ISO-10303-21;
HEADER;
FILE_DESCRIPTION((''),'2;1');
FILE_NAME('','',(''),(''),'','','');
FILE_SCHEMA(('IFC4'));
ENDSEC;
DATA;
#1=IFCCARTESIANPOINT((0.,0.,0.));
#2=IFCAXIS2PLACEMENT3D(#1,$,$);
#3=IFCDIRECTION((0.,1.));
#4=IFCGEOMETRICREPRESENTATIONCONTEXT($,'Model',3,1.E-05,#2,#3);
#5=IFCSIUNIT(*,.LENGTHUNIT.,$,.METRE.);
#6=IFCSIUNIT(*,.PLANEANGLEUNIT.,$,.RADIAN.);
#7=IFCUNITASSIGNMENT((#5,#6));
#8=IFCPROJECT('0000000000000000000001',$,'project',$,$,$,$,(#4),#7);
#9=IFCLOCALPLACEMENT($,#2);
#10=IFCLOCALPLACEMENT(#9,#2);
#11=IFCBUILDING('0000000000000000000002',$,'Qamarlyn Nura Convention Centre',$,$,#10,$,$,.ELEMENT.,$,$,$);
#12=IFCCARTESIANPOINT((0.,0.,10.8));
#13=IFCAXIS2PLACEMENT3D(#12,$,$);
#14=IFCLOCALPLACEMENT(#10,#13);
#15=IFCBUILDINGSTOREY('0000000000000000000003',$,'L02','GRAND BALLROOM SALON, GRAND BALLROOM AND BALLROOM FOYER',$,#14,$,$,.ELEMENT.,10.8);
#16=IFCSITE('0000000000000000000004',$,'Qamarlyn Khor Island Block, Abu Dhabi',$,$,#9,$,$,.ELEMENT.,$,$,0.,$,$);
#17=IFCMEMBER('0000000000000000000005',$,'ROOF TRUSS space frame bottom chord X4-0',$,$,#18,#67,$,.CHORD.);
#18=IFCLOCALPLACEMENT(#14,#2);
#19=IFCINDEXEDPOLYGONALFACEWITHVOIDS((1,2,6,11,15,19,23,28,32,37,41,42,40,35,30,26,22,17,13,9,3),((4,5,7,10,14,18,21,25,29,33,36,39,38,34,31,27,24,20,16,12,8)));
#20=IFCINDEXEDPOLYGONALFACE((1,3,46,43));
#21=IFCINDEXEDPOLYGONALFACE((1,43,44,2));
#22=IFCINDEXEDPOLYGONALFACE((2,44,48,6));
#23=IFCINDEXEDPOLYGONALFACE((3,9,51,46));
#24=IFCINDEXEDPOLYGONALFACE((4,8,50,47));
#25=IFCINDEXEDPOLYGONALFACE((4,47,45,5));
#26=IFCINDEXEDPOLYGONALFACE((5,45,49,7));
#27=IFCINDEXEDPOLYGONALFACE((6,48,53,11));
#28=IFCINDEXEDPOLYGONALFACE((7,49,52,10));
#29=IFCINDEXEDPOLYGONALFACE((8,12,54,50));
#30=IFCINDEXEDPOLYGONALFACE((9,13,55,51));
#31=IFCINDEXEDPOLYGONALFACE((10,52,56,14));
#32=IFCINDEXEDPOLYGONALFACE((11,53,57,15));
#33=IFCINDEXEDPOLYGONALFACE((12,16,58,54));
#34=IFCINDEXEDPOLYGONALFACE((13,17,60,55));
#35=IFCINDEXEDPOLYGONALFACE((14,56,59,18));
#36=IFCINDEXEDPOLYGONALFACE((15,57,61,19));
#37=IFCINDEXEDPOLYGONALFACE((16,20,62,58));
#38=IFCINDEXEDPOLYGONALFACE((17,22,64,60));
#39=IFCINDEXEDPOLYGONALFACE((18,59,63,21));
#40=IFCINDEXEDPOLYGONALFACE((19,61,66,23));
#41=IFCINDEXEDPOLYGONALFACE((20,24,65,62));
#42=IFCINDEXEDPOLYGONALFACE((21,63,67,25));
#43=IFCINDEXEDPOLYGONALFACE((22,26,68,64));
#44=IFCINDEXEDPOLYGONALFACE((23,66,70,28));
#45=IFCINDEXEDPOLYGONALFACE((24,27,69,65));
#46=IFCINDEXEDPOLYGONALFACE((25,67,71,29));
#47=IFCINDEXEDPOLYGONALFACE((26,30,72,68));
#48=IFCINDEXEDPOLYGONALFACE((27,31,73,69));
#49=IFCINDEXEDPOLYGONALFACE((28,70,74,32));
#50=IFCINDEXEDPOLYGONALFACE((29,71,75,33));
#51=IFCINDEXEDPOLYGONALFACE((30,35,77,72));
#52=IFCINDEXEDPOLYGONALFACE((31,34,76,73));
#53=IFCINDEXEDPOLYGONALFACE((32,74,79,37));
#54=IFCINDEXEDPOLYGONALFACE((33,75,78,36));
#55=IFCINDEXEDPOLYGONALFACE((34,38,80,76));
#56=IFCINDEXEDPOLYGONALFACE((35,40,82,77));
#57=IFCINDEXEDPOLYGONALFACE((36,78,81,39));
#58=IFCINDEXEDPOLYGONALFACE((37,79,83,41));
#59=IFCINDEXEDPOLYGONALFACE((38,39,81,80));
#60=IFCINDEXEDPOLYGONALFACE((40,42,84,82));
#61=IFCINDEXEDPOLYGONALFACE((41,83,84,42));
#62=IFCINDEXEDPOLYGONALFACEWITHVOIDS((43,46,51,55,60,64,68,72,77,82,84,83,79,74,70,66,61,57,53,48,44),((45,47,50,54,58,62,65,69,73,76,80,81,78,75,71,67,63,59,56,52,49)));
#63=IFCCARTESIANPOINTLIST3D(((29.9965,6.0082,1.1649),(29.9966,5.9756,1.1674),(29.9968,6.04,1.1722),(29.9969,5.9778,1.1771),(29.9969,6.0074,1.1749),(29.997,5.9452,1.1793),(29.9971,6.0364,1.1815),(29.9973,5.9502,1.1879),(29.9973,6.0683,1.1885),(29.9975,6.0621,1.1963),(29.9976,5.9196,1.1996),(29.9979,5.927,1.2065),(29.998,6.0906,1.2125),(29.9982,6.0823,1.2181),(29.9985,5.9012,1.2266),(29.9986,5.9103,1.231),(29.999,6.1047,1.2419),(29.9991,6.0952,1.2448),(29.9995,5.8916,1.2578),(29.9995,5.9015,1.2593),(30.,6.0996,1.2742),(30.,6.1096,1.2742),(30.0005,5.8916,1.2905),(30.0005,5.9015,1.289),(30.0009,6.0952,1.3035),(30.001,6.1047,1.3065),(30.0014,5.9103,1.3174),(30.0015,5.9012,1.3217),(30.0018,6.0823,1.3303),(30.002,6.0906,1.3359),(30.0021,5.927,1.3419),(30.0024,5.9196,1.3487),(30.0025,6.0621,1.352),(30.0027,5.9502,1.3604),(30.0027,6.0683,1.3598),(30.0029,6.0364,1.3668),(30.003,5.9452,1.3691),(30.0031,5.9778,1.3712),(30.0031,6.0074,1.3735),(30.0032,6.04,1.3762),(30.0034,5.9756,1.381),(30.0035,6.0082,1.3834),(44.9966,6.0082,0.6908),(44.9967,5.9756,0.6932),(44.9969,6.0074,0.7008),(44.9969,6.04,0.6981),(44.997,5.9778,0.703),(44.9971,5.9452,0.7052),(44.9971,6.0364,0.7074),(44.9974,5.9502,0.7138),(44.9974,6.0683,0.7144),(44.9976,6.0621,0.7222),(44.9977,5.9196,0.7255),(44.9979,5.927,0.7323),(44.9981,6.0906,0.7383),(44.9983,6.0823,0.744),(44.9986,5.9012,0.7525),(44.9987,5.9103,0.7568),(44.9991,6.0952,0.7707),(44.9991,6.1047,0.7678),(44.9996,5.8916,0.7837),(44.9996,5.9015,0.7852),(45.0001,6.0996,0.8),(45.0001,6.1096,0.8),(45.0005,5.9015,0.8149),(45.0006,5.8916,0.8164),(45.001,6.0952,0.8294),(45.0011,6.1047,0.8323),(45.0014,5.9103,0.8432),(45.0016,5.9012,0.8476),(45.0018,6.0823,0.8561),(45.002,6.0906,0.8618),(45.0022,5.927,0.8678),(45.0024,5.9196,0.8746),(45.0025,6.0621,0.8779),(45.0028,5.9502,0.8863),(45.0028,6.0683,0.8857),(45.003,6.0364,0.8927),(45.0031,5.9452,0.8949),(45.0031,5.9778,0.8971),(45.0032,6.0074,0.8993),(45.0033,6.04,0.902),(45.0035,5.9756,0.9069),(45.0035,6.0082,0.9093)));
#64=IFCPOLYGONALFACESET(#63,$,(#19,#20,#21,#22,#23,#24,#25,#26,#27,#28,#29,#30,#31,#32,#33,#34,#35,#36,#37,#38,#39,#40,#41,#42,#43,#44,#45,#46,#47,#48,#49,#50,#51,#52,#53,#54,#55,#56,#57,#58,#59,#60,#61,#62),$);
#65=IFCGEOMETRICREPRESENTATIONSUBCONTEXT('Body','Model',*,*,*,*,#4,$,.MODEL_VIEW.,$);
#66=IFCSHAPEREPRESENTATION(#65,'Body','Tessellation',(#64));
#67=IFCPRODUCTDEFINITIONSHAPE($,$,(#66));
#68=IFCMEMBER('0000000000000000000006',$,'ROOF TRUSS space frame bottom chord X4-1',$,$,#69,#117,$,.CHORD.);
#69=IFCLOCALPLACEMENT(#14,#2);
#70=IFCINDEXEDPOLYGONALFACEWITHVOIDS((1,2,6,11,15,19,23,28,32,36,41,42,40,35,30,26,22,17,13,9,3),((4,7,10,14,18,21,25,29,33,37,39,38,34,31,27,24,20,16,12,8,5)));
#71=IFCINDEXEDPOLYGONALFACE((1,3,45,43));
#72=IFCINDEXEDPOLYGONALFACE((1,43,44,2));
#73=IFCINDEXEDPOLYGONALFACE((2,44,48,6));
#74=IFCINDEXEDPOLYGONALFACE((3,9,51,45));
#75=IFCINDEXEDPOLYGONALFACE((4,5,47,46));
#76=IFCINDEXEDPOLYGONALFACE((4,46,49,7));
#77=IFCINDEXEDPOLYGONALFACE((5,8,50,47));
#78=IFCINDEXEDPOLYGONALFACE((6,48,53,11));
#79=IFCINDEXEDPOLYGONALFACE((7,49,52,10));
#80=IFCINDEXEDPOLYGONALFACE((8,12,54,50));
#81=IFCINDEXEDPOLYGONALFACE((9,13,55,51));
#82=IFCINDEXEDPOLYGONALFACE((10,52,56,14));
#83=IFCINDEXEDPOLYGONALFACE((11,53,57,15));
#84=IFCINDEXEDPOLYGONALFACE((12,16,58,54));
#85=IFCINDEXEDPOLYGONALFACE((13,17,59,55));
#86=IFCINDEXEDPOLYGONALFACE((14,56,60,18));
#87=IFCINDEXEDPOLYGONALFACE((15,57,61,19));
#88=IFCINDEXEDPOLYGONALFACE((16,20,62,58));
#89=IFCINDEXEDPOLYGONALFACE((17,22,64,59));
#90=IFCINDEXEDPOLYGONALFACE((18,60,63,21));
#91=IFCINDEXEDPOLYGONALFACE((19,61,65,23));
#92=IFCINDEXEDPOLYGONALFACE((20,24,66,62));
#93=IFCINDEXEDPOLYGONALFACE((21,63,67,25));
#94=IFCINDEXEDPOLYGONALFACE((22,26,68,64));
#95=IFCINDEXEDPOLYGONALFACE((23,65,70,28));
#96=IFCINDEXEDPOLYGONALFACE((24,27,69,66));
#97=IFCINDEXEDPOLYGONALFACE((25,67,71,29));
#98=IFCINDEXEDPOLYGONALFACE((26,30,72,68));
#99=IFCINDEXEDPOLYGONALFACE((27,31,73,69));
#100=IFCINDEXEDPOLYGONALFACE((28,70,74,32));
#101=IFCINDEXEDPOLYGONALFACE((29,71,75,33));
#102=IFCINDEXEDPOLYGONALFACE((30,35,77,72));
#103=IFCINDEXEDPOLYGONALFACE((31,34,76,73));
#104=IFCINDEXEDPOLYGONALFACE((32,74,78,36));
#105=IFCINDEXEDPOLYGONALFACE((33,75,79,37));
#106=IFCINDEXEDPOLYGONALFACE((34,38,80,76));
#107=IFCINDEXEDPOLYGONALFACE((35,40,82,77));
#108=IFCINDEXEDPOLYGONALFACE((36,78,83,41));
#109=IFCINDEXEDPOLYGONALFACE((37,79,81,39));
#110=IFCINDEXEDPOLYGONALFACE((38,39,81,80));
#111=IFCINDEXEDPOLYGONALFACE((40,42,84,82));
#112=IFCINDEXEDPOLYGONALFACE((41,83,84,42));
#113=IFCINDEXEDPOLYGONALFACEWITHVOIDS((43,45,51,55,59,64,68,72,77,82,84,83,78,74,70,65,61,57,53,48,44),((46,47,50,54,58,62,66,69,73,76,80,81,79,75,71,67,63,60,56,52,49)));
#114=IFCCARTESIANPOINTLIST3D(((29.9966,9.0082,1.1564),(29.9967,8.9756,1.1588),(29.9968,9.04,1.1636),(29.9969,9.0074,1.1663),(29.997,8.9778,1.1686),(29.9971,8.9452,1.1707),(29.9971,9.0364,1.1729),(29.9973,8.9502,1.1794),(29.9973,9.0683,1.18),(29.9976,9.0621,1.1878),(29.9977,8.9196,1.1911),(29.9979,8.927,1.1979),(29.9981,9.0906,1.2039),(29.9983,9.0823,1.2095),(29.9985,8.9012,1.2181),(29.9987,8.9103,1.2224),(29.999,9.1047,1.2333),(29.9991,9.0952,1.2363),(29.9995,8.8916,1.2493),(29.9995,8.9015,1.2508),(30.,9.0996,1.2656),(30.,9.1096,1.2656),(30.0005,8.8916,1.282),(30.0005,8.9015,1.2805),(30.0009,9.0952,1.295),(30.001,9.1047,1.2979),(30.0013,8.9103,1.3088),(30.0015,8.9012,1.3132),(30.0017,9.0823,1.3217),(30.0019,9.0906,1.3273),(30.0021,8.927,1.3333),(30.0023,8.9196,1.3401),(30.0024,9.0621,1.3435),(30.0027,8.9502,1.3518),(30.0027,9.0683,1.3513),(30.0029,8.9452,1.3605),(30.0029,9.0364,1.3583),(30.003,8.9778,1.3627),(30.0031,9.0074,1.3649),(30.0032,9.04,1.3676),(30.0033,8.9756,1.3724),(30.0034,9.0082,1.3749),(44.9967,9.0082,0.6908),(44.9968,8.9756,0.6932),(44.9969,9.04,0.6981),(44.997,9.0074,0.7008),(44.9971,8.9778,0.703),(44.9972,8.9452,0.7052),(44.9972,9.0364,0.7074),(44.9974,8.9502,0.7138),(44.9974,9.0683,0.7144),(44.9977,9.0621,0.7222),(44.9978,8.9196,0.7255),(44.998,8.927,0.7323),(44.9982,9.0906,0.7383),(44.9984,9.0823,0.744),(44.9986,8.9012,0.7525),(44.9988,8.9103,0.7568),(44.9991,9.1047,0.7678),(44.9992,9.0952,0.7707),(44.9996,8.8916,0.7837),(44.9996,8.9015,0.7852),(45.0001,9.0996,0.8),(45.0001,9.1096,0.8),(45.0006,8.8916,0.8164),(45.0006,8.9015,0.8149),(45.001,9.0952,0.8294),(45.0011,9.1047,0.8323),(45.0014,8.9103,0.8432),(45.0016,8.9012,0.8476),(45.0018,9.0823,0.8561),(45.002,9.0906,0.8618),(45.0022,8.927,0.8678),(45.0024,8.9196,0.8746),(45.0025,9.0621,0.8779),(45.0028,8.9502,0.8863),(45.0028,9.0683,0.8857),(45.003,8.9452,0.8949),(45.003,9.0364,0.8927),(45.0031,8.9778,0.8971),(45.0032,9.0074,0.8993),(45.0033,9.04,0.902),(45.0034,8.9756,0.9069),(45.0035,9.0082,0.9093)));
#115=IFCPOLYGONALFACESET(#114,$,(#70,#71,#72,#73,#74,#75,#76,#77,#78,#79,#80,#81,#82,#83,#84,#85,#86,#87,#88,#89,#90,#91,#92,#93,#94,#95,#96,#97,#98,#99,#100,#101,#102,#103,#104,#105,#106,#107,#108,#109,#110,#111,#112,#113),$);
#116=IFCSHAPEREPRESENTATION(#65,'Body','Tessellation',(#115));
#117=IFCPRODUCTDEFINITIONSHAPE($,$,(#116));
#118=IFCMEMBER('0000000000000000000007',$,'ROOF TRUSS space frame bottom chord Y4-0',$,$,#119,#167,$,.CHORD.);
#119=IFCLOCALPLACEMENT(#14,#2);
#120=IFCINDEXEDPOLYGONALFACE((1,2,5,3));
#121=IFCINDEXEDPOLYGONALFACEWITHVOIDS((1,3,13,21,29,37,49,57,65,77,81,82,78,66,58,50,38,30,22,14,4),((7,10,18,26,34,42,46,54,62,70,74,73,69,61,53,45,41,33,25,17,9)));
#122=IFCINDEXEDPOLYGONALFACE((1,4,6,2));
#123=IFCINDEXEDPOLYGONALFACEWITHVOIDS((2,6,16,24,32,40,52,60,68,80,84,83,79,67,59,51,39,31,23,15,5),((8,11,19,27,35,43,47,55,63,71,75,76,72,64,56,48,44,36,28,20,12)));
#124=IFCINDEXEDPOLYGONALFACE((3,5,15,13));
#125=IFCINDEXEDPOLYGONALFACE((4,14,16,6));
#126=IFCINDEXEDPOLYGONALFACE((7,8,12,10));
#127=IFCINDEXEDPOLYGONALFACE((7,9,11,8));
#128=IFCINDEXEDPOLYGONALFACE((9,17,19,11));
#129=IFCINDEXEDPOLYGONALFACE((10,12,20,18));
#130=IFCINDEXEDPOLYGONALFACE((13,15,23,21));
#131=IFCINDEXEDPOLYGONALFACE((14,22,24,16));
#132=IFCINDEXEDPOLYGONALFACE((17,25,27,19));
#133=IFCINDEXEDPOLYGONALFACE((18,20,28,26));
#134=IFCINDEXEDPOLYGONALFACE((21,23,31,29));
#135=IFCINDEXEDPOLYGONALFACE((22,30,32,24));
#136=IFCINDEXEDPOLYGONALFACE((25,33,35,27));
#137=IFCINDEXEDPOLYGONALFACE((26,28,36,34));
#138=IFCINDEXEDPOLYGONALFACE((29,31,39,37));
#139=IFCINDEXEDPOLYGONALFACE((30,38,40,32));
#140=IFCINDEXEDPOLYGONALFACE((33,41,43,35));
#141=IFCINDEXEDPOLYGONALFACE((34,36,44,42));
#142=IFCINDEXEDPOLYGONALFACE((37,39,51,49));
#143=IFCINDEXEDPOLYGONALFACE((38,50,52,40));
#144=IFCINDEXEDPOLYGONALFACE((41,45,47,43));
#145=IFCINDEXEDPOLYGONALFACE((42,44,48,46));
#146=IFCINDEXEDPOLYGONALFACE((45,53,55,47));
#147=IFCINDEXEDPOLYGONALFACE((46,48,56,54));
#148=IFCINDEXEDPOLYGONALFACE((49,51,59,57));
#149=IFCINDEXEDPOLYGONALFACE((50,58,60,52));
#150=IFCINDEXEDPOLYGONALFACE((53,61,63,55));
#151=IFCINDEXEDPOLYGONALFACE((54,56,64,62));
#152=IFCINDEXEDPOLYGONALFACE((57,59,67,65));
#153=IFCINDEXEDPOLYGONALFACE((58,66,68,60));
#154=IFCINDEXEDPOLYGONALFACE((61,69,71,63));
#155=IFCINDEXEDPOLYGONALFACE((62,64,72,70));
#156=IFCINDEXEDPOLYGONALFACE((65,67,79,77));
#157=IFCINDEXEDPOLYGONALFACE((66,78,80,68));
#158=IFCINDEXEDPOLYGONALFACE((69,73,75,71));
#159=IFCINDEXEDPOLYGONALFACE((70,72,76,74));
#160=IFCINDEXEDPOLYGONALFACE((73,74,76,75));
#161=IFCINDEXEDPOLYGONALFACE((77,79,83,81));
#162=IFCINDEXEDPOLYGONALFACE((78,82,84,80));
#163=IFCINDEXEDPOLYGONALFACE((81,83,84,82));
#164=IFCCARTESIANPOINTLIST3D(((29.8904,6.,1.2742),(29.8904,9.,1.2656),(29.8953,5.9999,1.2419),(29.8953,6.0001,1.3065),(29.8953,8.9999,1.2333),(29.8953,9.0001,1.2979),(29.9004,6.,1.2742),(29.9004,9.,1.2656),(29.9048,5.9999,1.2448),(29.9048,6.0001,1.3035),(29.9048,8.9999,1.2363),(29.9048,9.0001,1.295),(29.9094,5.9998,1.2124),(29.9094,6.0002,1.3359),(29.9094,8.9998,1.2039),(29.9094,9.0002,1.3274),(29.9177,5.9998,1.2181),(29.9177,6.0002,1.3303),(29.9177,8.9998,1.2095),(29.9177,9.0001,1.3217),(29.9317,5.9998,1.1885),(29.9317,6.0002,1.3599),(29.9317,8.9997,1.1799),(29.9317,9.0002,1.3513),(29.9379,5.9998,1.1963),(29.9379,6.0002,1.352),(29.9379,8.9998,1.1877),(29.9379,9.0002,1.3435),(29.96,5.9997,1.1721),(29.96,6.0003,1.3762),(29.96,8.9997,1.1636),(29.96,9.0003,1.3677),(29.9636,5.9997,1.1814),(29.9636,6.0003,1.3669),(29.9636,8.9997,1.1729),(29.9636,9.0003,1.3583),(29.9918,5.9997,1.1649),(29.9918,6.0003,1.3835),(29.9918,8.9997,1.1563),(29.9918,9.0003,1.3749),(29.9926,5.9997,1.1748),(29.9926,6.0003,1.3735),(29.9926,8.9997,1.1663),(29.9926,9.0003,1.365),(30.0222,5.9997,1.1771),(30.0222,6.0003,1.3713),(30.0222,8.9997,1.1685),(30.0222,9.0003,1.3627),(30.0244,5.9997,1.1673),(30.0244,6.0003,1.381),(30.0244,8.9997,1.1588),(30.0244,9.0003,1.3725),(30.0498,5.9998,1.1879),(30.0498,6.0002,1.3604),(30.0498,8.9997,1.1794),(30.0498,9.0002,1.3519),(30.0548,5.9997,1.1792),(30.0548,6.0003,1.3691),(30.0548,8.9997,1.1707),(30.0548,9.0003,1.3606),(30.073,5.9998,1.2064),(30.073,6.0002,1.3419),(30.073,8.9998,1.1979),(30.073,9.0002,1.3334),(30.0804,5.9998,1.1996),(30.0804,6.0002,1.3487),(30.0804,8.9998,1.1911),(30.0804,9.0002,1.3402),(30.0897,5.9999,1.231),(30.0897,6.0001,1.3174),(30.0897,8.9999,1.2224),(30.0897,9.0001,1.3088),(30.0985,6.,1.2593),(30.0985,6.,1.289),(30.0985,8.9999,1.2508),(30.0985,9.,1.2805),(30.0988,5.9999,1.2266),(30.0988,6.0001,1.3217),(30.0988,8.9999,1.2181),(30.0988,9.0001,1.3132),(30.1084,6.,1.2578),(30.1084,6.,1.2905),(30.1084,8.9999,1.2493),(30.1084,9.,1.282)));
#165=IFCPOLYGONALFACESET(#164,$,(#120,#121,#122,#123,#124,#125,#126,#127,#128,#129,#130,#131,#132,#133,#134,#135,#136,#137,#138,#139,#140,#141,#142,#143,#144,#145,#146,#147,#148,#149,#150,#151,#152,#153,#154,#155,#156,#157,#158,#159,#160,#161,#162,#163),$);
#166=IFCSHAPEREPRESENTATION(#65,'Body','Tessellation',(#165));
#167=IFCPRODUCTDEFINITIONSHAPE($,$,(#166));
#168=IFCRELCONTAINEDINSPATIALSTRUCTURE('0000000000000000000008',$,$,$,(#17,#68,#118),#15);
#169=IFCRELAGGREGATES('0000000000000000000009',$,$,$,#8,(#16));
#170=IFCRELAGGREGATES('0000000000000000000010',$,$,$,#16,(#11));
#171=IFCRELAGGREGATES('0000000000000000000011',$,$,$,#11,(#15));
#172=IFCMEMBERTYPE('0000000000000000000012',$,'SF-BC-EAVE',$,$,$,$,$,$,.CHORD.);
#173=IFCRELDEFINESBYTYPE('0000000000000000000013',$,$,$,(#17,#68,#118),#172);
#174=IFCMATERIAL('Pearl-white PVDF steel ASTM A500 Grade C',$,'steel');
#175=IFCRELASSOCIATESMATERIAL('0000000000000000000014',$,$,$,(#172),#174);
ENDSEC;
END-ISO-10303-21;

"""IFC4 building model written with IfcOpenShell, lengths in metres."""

from ifc_helpers import new_model, si_unit, direction, frame, origin, origin_2d, place, context, subcontext, project, spatial, hollow_circle, extrude, material, material_profile, profile_set, type_object, element, save


model = new_model("IFC4")

# Units and contexts
model_context = context("Model", 3, precision=1e-05, world=origin(), true_north=direction((0.0, 1.0)))
body_context = subcontext(model_context, "Body", "Model", "MODEL_VIEW")
ifc_project = project(units=[si_unit("LENGTHUNIT", "METRE"), si_unit("PLANEANGLEUNIT", "RADIAN")], contexts=[model_context])

# Site, building, storey
site_placement = place(None, origin())
site = spatial("IfcSite", under=ifc_project, at=site_placement, Name="Qamarlyn Khor Island Block, Abu Dhabi", CompositionType="ELEMENT", RefElevation=0.0)
building_placement = place(site_placement, origin())
building = spatial("IfcBuilding", under=site, at=building_placement, Name="Qamarlyn Nura Convention Centre", CompositionType="ELEMENT")
storey_placement = place(building_placement, frame((0.0, 0.0, 10.8)))
storey = spatial("IfcBuildingStorey", under=building, at=storey_placement, Name="L02", Description="GRAND BALLROOM SALON, GRAND BALLROOM AND BALLROOM FOYER", CompositionType="ELEMENT", Elevation=10.8)

# Members
ifc_material_1 = material(Name="Pearl-white PVDF steel ASTM A500 Grade C", Category="steel")
ifc_material_profile_1 = material_profile(ifc_material_1, hollow_circle(Radius=0.1096, WallThickness=0.01, at=origin_2d()), Name="CHS219.1X10")
ifc_profile_set_1 = profile_set([ifc_material_profile_1], Name="Pearl-white PVDF steel ASTM A500 Grade C")
member_type_1 = type_object("IfcMemberType", Name="SF-BC-EAVE", PredefinedType="CHORD", material=ifc_profile_set_1)
member_1_placement = place(storey_placement, frame((30.0, 6.0, 1.2742), z_axis=(0.999501, 0.0, -0.031592), x_axis=(0.0, 1.0, 0.0)))
element("IfcMember", 1, at=member_1_placement, inside=storey, type_object=member_type_1, Name="ROOF TRUSS space frame bottom chord X4-0", PredefinedType="CHORD", context=body_context, shape_type="SweptSolid", body=[
    extrude(hollow_circle(Radius=0.1096, WallThickness=0.01, at=origin_2d()), origin(), (0.0, 0.0, 1.0), 15.0076),
])
member_2_placement = place(storey_placement, frame((30.0, 9.0, 1.2656), z_axis=(0.999519, 0.0, -0.031023), x_axis=(0.0, 1.0, 0.0)))
element("IfcMember", 2, at=member_2_placement, inside=storey, type_object=member_type_1, Name="ROOF TRUSS space frame bottom chord X4-1", PredefinedType="CHORD", context=body_context, shape_type="SweptSolid", body=[
    extrude(hollow_circle(Radius=0.1096, WallThickness=0.01, at=origin_2d()), origin(), (0.0, 0.0, 1.0), 15.0073),
])
member_3_placement = place(storey_placement, frame((30.0, 6.0, 1.2742), z_axis=(0.0, 0.999996, -0.002848), x_axis=(-1.0, 0.0, 0.0)))
element("IfcMember", 3, at=member_3_placement, inside=storey, type_object=member_type_1, Name="ROOF TRUSS space frame bottom chord Y4-0", PredefinedType="CHORD", context=body_context, shape_type="SweptSolid", body=[
    extrude(hollow_circle(Radius=0.1096, WallThickness=0.01, at=origin_2d()), origin(), (0.0, 0.0, 1.0), 3.0),
])

save(model, "model.ifc")
